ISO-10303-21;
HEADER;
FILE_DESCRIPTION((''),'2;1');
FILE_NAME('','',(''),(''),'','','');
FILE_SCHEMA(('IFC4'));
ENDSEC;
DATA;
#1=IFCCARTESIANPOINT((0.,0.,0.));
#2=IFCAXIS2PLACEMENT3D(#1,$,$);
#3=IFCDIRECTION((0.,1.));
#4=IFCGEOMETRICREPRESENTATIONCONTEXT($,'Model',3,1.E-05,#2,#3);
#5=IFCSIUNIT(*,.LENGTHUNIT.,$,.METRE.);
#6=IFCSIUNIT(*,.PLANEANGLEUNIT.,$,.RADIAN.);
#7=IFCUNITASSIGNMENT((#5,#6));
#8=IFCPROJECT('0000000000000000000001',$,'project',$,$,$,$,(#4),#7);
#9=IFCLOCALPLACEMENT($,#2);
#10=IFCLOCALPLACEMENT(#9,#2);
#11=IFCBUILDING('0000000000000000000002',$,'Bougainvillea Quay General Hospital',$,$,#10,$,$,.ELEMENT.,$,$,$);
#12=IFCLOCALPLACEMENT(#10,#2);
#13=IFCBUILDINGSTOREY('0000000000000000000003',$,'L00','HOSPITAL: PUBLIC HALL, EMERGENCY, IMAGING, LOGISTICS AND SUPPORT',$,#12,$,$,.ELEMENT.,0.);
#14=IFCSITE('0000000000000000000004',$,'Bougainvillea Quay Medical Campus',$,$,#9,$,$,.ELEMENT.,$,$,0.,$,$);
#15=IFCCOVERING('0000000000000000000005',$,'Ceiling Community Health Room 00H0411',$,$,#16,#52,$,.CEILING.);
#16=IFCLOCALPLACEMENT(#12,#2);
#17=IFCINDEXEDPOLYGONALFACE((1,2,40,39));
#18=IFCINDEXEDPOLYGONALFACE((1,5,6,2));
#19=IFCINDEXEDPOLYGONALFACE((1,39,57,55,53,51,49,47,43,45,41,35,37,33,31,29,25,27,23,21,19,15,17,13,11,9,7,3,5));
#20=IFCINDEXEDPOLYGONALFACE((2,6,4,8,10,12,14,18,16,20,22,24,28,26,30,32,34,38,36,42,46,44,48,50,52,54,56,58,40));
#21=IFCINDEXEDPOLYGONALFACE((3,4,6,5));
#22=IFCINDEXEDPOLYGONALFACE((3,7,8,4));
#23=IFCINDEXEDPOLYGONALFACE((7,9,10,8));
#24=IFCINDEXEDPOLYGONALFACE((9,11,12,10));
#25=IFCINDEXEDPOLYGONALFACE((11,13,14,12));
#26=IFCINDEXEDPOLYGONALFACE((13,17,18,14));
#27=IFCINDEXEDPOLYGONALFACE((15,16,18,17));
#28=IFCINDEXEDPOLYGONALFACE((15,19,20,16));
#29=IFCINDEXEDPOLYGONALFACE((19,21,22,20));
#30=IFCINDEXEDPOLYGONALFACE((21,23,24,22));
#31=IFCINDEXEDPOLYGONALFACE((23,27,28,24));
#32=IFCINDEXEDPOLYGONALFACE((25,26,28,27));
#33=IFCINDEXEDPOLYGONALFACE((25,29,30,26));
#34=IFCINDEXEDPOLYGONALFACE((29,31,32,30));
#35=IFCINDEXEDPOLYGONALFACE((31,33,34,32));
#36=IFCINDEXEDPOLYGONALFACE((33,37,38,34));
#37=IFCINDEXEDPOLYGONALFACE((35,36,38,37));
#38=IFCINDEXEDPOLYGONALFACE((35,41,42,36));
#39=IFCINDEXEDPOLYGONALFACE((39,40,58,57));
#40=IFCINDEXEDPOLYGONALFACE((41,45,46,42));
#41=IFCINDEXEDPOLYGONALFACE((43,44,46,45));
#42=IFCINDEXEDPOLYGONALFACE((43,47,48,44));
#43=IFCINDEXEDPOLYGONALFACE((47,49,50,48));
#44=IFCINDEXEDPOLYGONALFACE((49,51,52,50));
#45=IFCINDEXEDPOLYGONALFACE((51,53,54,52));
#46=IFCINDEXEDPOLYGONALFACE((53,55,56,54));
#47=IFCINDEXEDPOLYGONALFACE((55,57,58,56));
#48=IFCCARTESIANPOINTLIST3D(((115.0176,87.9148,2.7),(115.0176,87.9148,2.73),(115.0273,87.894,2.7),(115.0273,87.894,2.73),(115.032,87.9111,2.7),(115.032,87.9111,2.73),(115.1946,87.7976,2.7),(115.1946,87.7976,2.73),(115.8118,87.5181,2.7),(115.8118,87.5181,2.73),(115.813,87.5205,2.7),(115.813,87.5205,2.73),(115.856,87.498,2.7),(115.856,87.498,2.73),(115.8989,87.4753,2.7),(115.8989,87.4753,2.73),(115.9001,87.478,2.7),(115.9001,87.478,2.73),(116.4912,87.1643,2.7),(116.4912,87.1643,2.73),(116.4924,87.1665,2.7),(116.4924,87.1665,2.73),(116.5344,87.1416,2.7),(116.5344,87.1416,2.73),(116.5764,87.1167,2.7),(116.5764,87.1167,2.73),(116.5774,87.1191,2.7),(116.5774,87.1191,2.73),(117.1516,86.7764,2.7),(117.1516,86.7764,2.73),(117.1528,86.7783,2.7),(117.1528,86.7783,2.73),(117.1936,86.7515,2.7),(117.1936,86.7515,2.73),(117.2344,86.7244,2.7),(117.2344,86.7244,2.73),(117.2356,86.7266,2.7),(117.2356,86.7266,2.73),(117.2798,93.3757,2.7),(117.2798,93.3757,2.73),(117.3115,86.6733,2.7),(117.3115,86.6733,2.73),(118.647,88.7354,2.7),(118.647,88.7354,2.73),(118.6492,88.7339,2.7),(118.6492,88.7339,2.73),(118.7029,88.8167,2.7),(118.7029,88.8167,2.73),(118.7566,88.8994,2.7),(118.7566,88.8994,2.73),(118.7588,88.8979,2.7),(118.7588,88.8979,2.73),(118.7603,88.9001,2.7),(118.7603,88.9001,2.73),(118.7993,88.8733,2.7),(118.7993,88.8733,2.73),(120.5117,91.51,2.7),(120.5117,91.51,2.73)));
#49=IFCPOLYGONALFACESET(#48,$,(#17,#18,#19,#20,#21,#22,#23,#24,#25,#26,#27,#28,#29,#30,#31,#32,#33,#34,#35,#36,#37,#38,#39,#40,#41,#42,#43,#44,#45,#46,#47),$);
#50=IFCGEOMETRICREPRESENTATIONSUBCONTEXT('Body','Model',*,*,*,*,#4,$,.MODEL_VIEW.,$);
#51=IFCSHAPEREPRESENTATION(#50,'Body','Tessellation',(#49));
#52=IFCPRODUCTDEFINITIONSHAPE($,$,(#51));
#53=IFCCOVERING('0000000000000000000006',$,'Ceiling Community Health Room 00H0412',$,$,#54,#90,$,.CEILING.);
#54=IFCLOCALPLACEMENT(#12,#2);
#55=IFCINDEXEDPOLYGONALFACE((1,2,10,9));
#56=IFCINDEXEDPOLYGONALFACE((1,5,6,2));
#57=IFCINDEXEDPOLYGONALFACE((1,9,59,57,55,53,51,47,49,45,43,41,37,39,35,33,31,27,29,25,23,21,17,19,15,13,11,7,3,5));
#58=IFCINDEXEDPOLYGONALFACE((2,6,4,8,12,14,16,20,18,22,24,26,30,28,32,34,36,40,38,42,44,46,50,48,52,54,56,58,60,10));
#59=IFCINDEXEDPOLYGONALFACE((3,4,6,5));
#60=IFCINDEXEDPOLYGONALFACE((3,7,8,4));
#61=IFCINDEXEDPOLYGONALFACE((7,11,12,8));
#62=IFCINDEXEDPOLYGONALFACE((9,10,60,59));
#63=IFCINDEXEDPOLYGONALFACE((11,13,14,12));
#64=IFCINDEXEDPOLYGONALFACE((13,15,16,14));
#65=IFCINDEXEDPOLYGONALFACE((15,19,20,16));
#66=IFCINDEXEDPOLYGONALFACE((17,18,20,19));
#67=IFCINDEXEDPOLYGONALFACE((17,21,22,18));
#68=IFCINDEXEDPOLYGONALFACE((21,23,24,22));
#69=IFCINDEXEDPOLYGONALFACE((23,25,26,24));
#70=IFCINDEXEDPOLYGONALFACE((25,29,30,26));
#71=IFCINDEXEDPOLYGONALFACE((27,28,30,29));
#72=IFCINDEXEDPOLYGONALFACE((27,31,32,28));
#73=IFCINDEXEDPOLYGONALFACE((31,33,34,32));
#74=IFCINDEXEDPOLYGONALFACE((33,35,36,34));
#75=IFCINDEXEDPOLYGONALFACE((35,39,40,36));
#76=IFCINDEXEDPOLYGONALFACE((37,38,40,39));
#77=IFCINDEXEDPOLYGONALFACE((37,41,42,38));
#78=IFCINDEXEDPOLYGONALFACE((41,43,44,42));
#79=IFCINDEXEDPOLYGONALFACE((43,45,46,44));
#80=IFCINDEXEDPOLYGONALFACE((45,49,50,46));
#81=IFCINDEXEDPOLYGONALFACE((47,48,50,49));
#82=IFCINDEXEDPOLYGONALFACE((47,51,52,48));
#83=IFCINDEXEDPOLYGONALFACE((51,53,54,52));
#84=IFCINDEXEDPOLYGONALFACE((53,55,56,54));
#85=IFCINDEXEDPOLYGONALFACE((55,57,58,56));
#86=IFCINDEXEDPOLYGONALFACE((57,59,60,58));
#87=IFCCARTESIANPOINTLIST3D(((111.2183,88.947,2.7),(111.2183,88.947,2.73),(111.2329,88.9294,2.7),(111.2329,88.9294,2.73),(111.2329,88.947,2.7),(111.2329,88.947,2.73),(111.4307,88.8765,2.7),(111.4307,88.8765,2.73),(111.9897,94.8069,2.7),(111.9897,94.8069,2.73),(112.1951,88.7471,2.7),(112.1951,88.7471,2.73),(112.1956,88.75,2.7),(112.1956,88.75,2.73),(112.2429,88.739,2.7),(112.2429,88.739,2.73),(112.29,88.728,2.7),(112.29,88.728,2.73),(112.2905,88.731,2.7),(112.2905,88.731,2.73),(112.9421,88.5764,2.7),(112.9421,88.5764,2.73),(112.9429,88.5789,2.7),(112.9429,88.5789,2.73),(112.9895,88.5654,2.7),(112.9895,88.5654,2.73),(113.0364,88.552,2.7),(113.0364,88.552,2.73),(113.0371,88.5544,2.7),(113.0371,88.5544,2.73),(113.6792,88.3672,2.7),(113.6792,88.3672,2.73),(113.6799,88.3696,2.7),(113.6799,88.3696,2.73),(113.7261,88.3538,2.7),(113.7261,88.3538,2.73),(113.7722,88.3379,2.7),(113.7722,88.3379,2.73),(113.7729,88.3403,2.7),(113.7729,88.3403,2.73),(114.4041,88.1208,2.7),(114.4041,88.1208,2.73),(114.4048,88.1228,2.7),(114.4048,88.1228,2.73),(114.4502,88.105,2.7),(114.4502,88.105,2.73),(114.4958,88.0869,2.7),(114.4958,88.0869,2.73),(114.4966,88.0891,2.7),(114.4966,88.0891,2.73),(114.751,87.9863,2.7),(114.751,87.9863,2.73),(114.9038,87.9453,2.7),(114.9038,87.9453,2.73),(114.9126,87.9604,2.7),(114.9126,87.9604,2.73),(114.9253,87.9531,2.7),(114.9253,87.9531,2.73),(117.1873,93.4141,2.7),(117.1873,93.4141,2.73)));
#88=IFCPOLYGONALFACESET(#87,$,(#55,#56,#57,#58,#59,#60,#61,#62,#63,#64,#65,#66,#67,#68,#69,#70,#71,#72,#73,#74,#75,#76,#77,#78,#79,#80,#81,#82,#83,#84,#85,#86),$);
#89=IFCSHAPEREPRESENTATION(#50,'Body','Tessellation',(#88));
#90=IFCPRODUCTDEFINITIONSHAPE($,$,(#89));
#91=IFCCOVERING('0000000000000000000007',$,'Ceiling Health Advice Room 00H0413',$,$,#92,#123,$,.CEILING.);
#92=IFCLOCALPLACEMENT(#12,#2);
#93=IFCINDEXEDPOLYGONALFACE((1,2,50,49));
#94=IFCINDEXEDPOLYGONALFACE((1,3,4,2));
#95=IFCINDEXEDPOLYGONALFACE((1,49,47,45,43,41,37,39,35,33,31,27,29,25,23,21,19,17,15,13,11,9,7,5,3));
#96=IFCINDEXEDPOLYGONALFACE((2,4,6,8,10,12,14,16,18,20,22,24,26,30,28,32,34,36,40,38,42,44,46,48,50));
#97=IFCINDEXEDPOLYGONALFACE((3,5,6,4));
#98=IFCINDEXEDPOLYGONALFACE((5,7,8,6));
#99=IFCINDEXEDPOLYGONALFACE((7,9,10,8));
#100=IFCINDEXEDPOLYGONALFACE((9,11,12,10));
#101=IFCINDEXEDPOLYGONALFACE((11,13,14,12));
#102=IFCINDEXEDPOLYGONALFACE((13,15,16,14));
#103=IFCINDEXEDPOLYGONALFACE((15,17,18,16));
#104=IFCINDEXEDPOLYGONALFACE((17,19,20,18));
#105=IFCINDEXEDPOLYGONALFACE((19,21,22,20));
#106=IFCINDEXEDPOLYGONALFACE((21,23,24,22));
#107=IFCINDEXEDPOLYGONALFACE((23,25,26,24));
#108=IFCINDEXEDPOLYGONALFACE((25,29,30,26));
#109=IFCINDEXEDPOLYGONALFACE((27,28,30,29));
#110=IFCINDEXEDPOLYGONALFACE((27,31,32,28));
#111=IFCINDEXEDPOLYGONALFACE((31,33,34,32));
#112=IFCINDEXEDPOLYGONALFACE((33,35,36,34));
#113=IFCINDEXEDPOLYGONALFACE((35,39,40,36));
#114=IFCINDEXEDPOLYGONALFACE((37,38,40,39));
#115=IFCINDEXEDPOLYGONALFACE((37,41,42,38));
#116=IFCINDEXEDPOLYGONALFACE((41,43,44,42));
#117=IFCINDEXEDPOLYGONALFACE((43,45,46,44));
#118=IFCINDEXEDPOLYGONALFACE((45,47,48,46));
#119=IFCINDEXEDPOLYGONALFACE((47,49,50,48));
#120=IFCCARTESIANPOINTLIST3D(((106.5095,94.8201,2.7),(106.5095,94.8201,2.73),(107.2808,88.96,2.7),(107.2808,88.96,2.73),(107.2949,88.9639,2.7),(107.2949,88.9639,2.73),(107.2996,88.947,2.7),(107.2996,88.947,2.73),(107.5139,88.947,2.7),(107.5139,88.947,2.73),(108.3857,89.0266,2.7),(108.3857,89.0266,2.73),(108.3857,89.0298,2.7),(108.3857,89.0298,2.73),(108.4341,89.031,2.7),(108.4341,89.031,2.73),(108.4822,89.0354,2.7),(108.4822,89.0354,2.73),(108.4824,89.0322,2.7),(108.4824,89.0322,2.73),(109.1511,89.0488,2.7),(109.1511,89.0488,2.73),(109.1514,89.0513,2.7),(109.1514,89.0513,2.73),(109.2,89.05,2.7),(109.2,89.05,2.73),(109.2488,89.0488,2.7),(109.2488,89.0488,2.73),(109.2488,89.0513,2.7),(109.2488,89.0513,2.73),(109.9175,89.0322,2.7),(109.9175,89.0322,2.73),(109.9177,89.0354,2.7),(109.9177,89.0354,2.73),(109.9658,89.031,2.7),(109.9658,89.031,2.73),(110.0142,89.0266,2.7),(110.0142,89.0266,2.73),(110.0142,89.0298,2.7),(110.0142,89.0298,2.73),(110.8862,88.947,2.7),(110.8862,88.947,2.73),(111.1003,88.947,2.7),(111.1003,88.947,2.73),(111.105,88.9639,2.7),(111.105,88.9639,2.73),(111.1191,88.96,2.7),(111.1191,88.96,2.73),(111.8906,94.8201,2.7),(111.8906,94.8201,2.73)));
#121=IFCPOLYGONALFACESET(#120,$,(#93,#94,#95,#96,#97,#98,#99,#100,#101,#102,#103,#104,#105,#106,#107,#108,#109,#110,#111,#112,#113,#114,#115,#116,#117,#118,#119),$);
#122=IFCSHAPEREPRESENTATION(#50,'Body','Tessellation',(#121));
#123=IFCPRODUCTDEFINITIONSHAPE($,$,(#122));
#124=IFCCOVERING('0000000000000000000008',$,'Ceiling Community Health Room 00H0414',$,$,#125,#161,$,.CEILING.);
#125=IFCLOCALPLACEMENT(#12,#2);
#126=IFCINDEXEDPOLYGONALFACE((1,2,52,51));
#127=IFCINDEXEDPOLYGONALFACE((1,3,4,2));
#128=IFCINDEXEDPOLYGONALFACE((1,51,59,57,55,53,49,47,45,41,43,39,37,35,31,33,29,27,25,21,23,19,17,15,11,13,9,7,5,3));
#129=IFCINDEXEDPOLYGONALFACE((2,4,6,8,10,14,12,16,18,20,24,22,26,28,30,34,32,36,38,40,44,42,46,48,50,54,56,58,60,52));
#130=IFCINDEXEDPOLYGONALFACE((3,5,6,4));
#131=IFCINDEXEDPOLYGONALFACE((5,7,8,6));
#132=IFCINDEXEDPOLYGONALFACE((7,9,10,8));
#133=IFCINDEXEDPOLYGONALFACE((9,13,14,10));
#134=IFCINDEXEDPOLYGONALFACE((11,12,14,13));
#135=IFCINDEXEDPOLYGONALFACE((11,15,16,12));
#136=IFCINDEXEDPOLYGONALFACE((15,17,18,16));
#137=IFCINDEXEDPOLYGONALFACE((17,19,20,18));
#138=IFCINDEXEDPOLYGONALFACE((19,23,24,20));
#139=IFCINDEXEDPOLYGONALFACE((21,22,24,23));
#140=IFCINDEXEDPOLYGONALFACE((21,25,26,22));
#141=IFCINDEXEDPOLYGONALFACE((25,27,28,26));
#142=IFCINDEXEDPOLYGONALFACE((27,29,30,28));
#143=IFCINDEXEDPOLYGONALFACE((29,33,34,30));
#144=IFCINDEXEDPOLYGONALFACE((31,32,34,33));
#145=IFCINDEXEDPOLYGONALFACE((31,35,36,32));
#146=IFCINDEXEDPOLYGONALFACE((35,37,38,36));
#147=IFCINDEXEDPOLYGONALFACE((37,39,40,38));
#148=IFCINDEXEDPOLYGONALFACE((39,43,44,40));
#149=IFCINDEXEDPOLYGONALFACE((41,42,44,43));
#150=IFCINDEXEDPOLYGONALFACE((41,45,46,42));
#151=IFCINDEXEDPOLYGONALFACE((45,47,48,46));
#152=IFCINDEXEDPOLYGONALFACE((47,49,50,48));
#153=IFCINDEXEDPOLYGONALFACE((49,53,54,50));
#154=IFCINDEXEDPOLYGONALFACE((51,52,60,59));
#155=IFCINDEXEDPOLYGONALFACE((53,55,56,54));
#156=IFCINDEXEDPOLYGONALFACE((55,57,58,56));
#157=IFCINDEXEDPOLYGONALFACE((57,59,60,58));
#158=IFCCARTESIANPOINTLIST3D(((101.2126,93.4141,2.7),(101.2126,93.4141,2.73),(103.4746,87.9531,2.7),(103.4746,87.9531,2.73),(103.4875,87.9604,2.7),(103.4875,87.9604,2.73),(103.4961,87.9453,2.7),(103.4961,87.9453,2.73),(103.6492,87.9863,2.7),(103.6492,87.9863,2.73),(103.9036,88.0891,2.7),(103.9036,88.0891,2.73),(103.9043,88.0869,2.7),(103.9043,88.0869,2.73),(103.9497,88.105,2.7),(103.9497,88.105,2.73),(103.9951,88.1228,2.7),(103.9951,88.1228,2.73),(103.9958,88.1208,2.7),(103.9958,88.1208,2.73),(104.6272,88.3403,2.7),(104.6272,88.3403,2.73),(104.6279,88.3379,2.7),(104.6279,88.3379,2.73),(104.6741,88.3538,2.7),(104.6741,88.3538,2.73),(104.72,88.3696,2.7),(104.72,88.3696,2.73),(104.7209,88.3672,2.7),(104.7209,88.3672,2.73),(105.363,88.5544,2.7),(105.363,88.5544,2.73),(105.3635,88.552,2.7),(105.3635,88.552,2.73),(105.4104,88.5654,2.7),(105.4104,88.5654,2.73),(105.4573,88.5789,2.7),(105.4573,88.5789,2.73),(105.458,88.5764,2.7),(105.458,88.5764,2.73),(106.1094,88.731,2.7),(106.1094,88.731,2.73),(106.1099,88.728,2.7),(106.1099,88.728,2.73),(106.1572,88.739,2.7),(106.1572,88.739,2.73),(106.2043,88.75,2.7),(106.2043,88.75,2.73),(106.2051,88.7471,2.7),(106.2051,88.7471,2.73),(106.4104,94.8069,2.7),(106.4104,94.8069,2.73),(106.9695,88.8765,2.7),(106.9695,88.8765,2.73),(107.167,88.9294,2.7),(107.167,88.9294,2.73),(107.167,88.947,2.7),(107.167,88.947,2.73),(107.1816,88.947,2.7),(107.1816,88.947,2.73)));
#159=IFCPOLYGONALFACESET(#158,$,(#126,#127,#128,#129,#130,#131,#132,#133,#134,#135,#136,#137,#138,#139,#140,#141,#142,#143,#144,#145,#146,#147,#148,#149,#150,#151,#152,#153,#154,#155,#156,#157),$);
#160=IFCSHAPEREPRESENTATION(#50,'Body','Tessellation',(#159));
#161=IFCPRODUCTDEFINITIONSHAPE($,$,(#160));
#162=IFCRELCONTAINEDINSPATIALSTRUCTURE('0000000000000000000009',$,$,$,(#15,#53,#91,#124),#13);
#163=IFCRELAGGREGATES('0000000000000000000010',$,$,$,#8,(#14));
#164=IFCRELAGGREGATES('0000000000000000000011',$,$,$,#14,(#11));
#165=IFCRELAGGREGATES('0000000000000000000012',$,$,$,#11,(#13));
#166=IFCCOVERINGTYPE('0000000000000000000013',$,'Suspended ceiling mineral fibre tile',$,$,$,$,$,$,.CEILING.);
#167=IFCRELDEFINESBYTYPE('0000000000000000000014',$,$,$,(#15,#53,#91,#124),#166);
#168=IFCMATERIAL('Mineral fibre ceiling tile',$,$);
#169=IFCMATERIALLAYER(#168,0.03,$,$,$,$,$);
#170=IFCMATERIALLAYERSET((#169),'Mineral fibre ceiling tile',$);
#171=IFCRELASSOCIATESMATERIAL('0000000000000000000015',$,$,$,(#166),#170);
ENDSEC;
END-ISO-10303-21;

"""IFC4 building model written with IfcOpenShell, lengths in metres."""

from ifc_helpers import new_model, si_unit, direction, frame, origin, place, context, subcontext, project, spatial, polyline, outline, extrude, material, layer, layer_set, type_object, element, save


model = new_model("IFC4")

# Units and contexts
model_context = context("Model", 3, precision=1e-05, world=origin(), true_north=direction((0.0, 1.0)))
body_context = subcontext(model_context, "Body", "Model", "MODEL_VIEW")
ifc_project = project(units=[si_unit("LENGTHUNIT", "METRE"), si_unit("PLANEANGLEUNIT", "RADIAN")], contexts=[model_context])

# Site, building, storey
site_placement = place(None, origin())
site = spatial("IfcSite", under=ifc_project, at=site_placement, Name="Bougainvillea Quay Medical Campus", CompositionType="ELEMENT", RefElevation=0.0)
building_placement = place(site_placement, origin())
building = spatial("IfcBuilding", under=site, at=building_placement, Name="Bougainvillea Quay General Hospital", CompositionType="ELEMENT")
storey_placement = place(building_placement, origin())
storey = spatial("IfcBuildingStorey", under=building, at=storey_placement, Name="L00", Description="HOSPITAL: PUBLIC HALL, EMERGENCY, IMAGING, LOGISTICS AND SUPPORT", CompositionType="ELEMENT", Elevation=0.0)

# Coverings
ifc_material = material(Name="Mineral fibre ceiling tile")
ifc_layer = layer(ifc_material, 0.03)
ifc_layer_set = layer_set([ifc_layer], Name="Mineral fibre ceiling tile")
covering_type = type_object("IfcCoveringType", Name="Suspended ceiling mineral fibre tile", PredefinedType="CEILING", material=ifc_layer_set)
covering_1_placement = place(storey_placement, frame((0.0, 0.0, 2.7)))
element("IfcCovering", 1, at=covering_1_placement, inside=storey, type_object=covering_type, Name="Ceiling Community Health Room 00H0411", PredefinedType="CEILING", context=body_context, shape_type="SweptSolid", body=[
    extrude(outline(polyline([(117.2798, 93.3757), (115.0176, 87.9148), (115.032, 87.9111), (115.0273, 87.894), (115.1946, 87.7976), (115.8118, 87.5181), (115.813, 87.5205), (115.856, 87.498), (115.9001, 87.478), (115.8989, 87.4753), (116.4912, 87.1643), (116.4924, 87.1665), (116.5344, 87.1416), (116.5774, 87.1191), (116.5764, 87.1167), (117.1516, 86.7764), (117.1528, 86.7783), (117.1936, 86.7515), (117.2356, 86.7266), (117.2344, 86.7244), (117.3115, 86.6733), (118.6492, 88.7339), (118.647, 88.7354), (118.7029, 88.8167), (118.7566, 88.8994), (118.7588, 88.8979), (118.7603, 88.9001), (118.7993, 88.8733), (120.5117, 91.51), (117.2798, 93.3757)])), origin(), (0.0, 0.0, 1.0), 0.03),
])
covering_2_placement = place(storey_placement, frame((0.0, 0.0, 2.7)))
element("IfcCovering", 2, at=covering_2_placement, inside=storey, type_object=covering_type, Name="Ceiling Community Health Room 00H0412", PredefinedType="CEILING", context=body_context, shape_type="SweptSolid", body=[
    extrude(outline(polyline([(111.9897, 94.8069), (111.2183, 88.947), (111.2329, 88.947), (111.2329, 88.9294), (111.4307, 88.8765), (112.1951, 88.7471), (112.1956, 88.75), (112.2429, 88.739), (112.2905, 88.731), (112.29, 88.728), (112.9421, 88.5764), (112.9429, 88.5789), (112.9895, 88.5654), (113.0371, 88.5544), (113.0364, 88.552), (113.6792, 88.3672), (113.6799, 88.3696), (113.7261, 88.3538), (113.7729, 88.3403), (113.7722, 88.3379), (114.4041, 88.1208), (114.4048, 88.1228), (114.4502, 88.105), (114.4966, 88.0891), (114.4958, 88.0869), (114.751, 87.9863), (114.9038, 87.9453), (114.9126, 87.9604), (114.9253, 87.9531), (117.1873, 93.4141), (111.9897, 94.8069)])), origin(), (0.0, 0.0, 1.0), 0.03),
])
covering_3_placement = place(storey_placement, frame((0.0, 0.0, 2.7)))
element("IfcCovering", 3, at=covering_3_placement, inside=storey, type_object=covering_type, Name="Ceiling Health Advice Room 00H0413", PredefinedType="CEILING", context=body_context, shape_type="SweptSolid", body=[
    extrude(outline(polyline([(106.5095, 94.8201), (107.2808, 88.96), (107.2949, 88.9639), (107.2996, 88.947), (107.5139, 88.947), (108.3857, 89.0266), (108.3857, 89.0298), (108.4341, 89.031), (108.4822, 89.0354), (108.4824, 89.0322), (109.1511, 89.0488), (109.1514, 89.0513), (109.2, 89.05), (109.2488, 89.0513), (109.2488, 89.0488), (109.9175, 89.0322), (109.9177, 89.0354), (109.9658, 89.031), (110.0142, 89.0298), (110.0142, 89.0266), (110.8862, 88.947), (111.1003, 88.947), (111.105, 88.9639), (111.1191, 88.96), (111.8906, 94.8201), (106.5095, 94.8201)])), origin(), (0.0, 0.0, 1.0), 0.03),
])
covering_4_placement = place(storey_placement, frame((0.0, 0.0, 2.7)))
element("IfcCovering", 4, at=covering_4_placement, inside=storey, type_object=covering_type, Name="Ceiling Community Health Room 00H0414", PredefinedType="CEILING", context=body_context, shape_type="SweptSolid", body=[
    extrude(outline(polyline([(101.2126, 93.4141), (103.4746, 87.9531), (103.4875, 87.9604), (103.4961, 87.9453), (103.6492, 87.9863), (103.9043, 88.0869), (103.9036, 88.0891), (103.9497, 88.105), (103.9951, 88.1228), (103.9958, 88.1208), (104.6279, 88.3379), (104.6272, 88.3403), (104.6741, 88.3538), (104.72, 88.3696), (104.7209, 88.3672), (105.3635, 88.552), (105.363, 88.5544), (105.4104, 88.5654), (105.4573, 88.5789), (105.458, 88.5764), (106.1099, 88.728), (106.1094, 88.731), (106.1572, 88.739), (106.2043, 88.75), (106.2051, 88.7471), (106.9695, 88.8765), (107.167, 88.9294), (107.167, 88.947), (107.1816, 88.947), (106.4104, 94.8069), (101.2126, 93.4141)])), origin(), (0.0, 0.0, 1.0), 0.03),
])

save(model, "model.ifc")
